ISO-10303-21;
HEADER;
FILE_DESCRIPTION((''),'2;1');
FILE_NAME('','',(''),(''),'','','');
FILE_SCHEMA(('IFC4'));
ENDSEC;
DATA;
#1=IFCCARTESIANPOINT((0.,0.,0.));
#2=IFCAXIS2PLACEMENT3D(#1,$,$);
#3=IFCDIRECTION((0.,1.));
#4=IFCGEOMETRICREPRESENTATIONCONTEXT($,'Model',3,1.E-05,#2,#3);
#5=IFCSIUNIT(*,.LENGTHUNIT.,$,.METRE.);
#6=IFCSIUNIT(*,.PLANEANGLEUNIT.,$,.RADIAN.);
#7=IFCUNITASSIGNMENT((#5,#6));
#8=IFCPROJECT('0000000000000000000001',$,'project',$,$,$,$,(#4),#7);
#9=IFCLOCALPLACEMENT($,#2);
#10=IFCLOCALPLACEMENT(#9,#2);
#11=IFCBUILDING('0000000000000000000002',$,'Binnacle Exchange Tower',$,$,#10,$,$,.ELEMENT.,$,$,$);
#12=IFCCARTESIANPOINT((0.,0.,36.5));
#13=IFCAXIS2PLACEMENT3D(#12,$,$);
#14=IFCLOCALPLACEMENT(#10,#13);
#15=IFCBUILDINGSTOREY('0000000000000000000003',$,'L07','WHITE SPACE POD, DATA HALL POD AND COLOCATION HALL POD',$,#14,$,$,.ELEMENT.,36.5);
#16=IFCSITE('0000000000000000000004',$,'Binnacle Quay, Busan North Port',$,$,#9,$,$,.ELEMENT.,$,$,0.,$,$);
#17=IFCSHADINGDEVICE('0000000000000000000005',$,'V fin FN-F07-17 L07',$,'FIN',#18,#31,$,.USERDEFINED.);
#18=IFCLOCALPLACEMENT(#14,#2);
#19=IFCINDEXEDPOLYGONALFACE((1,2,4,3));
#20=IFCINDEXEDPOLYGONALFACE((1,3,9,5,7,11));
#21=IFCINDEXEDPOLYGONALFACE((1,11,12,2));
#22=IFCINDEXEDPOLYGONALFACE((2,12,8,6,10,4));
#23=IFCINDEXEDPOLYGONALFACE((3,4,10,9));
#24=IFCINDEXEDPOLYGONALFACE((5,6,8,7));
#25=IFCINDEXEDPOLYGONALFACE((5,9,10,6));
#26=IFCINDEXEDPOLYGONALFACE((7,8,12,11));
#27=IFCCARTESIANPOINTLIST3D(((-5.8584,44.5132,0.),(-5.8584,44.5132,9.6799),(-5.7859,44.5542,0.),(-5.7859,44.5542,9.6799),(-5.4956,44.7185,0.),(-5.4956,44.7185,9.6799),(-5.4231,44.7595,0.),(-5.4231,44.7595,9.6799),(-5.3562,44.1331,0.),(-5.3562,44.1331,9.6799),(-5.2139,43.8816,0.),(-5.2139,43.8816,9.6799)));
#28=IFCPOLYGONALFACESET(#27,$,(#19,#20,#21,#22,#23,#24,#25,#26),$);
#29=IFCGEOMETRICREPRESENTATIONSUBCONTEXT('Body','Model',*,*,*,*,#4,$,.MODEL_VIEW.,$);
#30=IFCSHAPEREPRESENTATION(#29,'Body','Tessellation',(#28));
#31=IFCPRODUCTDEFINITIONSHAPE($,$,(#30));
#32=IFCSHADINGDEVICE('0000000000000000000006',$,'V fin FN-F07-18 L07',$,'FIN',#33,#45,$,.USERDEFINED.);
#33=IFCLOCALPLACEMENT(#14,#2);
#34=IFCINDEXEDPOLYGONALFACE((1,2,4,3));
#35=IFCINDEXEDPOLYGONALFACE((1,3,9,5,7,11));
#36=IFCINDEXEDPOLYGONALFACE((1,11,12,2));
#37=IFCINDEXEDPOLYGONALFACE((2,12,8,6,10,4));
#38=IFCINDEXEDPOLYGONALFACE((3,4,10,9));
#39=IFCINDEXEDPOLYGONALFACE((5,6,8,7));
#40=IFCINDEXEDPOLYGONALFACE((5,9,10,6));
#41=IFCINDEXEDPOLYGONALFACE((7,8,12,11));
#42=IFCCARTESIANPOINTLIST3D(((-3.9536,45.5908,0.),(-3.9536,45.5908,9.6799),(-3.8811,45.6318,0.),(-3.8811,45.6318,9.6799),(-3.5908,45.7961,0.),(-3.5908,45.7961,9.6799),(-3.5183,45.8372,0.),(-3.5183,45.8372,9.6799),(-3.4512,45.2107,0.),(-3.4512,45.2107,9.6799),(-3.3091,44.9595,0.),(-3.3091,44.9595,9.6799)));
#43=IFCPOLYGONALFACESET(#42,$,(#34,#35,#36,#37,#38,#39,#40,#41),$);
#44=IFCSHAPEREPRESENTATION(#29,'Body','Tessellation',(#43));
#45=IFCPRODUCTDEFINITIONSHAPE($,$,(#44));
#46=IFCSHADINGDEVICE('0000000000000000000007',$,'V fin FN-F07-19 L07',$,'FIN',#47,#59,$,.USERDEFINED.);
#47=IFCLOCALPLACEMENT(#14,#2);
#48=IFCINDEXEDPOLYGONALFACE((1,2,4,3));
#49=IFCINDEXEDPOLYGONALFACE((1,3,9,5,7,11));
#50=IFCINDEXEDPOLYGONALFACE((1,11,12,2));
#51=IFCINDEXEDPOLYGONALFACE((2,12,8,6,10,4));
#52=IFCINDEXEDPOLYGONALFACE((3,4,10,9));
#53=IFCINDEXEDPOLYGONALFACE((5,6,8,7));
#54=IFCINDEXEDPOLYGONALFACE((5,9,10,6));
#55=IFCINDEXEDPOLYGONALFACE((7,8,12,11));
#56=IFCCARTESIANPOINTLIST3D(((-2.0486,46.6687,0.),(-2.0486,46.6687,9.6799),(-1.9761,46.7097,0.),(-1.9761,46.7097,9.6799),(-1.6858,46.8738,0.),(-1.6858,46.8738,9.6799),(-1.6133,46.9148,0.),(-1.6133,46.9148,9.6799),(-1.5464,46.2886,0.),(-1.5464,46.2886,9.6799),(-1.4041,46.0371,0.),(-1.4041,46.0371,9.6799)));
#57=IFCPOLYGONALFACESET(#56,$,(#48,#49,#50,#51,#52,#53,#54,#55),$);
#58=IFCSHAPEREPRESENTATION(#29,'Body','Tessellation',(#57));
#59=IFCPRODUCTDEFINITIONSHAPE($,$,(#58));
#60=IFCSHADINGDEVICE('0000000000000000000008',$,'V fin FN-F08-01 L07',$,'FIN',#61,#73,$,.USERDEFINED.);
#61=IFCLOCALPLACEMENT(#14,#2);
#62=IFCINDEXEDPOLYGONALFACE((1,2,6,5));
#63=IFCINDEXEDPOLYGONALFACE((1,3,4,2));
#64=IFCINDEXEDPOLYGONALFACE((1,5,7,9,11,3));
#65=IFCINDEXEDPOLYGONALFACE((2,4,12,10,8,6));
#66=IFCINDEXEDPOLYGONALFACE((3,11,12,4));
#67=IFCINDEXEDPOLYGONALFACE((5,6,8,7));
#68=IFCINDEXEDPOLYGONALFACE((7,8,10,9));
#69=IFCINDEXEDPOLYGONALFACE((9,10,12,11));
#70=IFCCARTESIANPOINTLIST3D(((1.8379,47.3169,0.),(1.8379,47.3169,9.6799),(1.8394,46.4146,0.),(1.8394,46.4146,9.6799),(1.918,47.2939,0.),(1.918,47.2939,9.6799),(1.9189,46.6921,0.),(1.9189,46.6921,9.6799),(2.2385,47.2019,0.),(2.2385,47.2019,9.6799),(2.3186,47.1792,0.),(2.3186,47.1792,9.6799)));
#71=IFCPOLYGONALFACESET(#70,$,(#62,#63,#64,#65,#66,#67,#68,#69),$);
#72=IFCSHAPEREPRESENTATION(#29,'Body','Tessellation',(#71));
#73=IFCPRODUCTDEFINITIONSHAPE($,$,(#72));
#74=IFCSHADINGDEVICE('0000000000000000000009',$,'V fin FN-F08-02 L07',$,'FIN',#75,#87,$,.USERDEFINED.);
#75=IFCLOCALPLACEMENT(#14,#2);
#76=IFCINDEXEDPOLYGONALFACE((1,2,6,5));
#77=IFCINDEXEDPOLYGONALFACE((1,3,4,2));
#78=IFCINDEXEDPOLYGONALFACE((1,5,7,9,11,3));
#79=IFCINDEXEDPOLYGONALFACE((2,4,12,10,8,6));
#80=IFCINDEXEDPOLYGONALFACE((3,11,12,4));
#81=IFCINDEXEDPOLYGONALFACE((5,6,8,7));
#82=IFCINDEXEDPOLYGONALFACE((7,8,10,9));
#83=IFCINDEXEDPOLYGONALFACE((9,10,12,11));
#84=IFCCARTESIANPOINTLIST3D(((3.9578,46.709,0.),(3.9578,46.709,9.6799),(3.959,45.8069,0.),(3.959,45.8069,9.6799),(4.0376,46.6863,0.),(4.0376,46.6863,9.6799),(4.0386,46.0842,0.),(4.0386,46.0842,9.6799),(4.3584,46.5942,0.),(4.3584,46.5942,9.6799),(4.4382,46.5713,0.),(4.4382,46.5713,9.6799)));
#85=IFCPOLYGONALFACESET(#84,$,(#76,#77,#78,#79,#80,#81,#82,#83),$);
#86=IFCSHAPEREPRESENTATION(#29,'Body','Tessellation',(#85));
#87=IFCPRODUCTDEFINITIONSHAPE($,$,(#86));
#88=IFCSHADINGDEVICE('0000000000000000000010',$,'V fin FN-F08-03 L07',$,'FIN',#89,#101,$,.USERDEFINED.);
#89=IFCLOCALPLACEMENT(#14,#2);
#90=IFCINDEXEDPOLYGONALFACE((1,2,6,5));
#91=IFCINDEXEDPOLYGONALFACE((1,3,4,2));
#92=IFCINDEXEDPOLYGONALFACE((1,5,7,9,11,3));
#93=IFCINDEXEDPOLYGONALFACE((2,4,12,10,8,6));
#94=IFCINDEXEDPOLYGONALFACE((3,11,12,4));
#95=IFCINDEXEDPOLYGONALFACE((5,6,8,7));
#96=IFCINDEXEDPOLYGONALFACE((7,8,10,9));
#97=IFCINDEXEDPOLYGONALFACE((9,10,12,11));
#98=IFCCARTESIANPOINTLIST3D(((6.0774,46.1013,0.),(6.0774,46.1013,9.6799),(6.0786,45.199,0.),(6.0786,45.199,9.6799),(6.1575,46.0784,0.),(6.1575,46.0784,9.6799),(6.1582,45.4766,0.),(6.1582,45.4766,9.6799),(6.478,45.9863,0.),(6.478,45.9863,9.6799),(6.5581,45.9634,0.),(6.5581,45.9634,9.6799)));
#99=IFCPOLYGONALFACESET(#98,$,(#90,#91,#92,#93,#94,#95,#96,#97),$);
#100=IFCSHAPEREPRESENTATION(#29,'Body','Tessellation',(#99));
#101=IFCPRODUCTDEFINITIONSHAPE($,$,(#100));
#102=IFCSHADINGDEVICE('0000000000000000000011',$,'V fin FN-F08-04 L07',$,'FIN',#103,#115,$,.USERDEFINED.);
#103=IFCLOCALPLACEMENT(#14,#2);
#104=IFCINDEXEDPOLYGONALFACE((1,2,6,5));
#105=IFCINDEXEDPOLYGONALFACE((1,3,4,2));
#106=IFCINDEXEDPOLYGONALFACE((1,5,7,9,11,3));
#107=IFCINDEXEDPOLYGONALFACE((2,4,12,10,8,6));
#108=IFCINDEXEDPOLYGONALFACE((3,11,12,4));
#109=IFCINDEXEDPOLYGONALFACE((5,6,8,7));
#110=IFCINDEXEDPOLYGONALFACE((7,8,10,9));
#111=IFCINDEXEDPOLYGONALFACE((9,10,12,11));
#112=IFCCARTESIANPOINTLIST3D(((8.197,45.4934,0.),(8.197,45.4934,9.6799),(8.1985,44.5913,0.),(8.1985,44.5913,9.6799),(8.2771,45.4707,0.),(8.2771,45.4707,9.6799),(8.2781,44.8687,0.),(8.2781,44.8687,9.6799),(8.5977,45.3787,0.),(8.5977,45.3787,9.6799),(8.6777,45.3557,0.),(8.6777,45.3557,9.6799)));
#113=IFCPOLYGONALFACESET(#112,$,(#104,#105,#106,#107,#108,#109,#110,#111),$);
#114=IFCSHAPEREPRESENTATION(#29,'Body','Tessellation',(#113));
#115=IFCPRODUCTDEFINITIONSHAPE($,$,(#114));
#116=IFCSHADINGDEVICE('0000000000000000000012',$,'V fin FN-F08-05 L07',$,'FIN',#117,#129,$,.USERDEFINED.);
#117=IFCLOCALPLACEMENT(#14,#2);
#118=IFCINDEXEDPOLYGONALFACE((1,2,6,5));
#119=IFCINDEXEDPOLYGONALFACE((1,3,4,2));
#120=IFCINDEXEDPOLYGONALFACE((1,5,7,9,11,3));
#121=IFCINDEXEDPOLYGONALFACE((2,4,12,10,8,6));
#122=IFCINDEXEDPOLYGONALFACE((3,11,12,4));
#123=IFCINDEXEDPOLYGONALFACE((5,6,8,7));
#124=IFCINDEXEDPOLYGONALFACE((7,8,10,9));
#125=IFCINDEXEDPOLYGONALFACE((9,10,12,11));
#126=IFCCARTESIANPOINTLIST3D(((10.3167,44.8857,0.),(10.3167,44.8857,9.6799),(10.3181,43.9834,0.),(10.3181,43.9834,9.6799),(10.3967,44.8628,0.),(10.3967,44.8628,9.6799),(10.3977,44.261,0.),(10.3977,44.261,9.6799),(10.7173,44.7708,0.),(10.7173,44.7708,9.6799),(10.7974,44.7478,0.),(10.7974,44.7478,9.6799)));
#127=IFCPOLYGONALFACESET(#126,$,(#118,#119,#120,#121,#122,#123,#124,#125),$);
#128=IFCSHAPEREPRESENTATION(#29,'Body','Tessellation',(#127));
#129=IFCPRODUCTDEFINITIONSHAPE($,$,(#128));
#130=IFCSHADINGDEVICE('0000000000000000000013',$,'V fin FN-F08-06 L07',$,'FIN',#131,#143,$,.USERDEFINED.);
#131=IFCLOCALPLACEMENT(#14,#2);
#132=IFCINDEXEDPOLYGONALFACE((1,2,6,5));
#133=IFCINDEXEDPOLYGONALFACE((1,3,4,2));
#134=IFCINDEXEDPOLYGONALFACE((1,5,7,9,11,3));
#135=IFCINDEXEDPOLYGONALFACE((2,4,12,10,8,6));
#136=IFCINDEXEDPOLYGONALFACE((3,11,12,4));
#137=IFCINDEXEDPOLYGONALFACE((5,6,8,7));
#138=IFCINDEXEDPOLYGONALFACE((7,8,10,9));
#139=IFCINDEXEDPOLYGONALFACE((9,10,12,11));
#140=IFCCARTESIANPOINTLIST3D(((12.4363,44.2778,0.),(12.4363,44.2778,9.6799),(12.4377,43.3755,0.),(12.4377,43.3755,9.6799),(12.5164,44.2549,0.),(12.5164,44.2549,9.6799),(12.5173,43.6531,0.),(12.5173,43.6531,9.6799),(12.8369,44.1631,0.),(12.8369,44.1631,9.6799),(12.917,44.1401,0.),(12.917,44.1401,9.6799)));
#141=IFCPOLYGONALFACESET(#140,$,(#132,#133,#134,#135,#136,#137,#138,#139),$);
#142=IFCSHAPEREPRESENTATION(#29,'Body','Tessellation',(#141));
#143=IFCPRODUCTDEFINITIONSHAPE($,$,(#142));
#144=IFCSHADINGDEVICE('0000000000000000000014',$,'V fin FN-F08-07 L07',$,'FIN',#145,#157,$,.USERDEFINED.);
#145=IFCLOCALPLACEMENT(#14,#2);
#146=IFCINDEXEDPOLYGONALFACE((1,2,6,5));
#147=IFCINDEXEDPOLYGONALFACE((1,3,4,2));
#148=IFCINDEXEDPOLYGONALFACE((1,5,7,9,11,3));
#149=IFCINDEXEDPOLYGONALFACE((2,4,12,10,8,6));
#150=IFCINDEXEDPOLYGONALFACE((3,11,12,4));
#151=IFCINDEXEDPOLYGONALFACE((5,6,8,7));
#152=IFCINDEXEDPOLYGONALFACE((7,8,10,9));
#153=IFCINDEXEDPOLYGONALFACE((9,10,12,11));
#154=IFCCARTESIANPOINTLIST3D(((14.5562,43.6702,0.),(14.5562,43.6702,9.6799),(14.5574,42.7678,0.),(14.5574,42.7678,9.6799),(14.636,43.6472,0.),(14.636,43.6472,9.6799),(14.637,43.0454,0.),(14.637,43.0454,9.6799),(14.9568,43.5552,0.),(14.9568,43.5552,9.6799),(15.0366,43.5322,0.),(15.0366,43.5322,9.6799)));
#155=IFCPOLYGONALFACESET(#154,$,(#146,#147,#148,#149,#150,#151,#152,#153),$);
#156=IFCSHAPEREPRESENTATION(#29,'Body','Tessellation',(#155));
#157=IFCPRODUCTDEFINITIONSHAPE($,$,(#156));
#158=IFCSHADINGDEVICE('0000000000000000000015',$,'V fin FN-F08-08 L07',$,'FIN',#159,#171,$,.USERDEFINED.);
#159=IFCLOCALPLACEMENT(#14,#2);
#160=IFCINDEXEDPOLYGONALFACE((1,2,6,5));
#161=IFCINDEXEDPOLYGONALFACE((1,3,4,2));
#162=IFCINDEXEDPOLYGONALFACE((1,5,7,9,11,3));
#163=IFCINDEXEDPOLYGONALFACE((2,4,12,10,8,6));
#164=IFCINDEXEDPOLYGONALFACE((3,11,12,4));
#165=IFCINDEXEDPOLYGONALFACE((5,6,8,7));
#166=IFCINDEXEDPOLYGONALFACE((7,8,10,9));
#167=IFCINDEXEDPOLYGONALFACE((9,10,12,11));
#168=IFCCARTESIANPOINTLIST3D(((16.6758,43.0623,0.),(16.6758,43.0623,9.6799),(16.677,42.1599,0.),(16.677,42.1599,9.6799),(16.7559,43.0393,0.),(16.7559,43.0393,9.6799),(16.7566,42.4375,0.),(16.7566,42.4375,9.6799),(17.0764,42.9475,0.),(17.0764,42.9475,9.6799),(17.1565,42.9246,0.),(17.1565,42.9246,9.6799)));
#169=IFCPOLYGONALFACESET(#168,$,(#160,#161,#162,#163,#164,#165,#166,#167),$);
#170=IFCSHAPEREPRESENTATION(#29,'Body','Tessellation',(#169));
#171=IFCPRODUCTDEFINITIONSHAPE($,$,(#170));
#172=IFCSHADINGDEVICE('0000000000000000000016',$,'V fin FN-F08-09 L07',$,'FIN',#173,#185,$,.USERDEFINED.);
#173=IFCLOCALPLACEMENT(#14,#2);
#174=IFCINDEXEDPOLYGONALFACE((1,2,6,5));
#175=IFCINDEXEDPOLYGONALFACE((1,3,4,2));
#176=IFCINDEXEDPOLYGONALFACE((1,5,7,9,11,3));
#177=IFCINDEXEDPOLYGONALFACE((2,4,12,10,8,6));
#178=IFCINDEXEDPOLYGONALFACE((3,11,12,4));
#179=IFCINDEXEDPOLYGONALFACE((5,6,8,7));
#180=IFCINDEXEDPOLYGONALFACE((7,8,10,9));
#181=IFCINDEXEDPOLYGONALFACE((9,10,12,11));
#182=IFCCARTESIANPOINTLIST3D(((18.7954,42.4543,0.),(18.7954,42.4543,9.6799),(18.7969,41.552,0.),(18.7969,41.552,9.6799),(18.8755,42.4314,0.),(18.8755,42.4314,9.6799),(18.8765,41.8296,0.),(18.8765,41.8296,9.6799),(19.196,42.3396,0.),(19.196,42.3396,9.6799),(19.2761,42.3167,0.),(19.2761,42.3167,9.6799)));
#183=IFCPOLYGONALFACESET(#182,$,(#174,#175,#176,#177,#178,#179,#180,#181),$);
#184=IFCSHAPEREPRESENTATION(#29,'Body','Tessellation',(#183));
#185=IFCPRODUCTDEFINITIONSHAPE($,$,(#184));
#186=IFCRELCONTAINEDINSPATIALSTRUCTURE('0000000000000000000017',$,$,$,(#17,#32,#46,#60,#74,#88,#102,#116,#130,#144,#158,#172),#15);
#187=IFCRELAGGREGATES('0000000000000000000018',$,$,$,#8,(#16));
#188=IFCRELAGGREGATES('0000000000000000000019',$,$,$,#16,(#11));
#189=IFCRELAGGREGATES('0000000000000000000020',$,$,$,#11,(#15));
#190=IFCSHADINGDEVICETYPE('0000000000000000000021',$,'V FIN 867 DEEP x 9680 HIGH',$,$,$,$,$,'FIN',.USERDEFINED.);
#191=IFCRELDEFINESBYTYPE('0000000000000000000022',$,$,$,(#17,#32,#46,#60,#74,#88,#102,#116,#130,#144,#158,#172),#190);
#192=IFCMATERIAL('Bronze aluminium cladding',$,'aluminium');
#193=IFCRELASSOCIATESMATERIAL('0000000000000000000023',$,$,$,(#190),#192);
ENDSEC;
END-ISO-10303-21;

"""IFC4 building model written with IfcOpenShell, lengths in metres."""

from ifc_helpers import new_model, si_unit, direction, frame, origin, place, context, subcontext, project, spatial, polyline, outline, extrude, material, type_object, element, save


model = new_model("IFC4")

# Units and contexts
model_context = context("Model", 3, precision=1e-05, world=origin(), true_north=direction((0.0, 1.0)))
body_context = subcontext(model_context, "Body", "Model", "MODEL_VIEW")
ifc_project = project(units=[si_unit("LENGTHUNIT", "METRE"), si_unit("PLANEANGLEUNIT", "RADIAN")], contexts=[model_context])

# Site, building, storey
site_placement = place(None, origin())
site = spatial("IfcSite", under=ifc_project, at=site_placement, Name="Binnacle Quay, Busan North Port", CompositionType="ELEMENT", RefElevation=0.0)
building_placement = place(site_placement, origin())
building = spatial("IfcBuilding", under=site, at=building_placement, Name="Binnacle Exchange Tower", CompositionType="ELEMENT")
storey_placement = place(building_placement, frame((0.0, 0.0, 36.5)))
storey = spatial("IfcBuildingStorey", under=building, at=storey_placement, Name="L07", Description="WHITE SPACE POD, DATA HALL POD AND COLOCATION HALL POD", CompositionType="ELEMENT", Elevation=36.5)

# Shading devices
ifc_material = material(Name="Bronze aluminium cladding", Category="aluminium")
shading_device_type = type_object("IfcShadingDeviceType", Name="V FIN 867 DEEP x 9680 HIGH", ElementType="FIN", PredefinedType="USERDEFINED", material=ifc_material)
shading_device_1_placement = place(storey_placement, origin())
element("IfcShadingDevice", 1, at=shading_device_1_placement, inside=storey, type_object=shading_device_type, Name="V fin FN-F07-17 L07", ObjectType="FIN", PredefinedType="USERDEFINED", context=body_context, shape_type="SweptSolid", body=[
    extrude(outline(polyline([(-5.8584, 44.5132), (-5.2139, 43.8816), (-5.4231, 44.7595), (-5.4956, 44.7185), (-5.3562, 44.1331), (-5.7859, 44.5542), (-5.8584, 44.5132)])), origin(), (0.0, 0.0, 1.0), 9.6799),
])
shading_device_2_placement = place(storey_placement, origin())
element("IfcShadingDevice", 2, at=shading_device_2_placement, inside=storey, type_object=shading_device_type, Name="V fin FN-F07-18 L07", ObjectType="FIN", PredefinedType="USERDEFINED", context=body_context, shape_type="SweptSolid", body=[
    extrude(outline(polyline([(-3.9536, 45.5908), (-3.3091, 44.9595), (-3.5183, 45.8372), (-3.5908, 45.7961), (-3.4512, 45.2107), (-3.8811, 45.6318), (-3.9536, 45.5908)])), origin(), (0.0, 0.0, 1.0), 9.6799),
])
shading_device_3_placement = place(storey_placement, origin())
element("IfcShadingDevice", 3, at=shading_device_3_placement, inside=storey, type_object=shading_device_type, Name="V fin FN-F07-19 L07", ObjectType="FIN", PredefinedType="USERDEFINED", context=body_context, shape_type="SweptSolid", body=[
    extrude(outline(polyline([(-2.0486, 46.6687), (-1.4041, 46.0371), (-1.6133, 46.9148), (-1.6858, 46.8738), (-1.5464, 46.2886), (-1.9761, 46.7097), (-2.0486, 46.6687)])), origin(), (0.0, 0.0, 1.0), 9.6799),
])
shading_device_4_placement = place(storey_placement, origin())
element("IfcShadingDevice", 4, at=shading_device_4_placement, inside=storey, type_object=shading_device_type, Name="V fin FN-F08-01 L07", ObjectType="FIN", PredefinedType="USERDEFINED", context=body_context, shape_type="SweptSolid", body=[
    extrude(outline(polyline([(1.8379, 47.3169), (1.8394, 46.4146), (2.3186, 47.1792), (2.2385, 47.2019), (1.9189, 46.6921), (1.918, 47.2939), (1.8379, 47.3169)])), origin(), (0.0, 0.0, 1.0), 9.6799),
])
shading_device_5_placement = place(storey_placement, origin())
element("IfcShadingDevice", 5, at=shading_device_5_placement, inside=storey, type_object=shading_device_type, Name="V fin FN-F08-02 L07", ObjectType="FIN", PredefinedType="USERDEFINED", context=body_context, shape_type="SweptSolid", body=[
    extrude(outline(polyline([(3.9578, 46.709), (3.959, 45.8069), (4.4382, 46.5713), (4.3584, 46.5942), (4.0386, 46.0842), (4.0376, 46.6863), (3.9578, 46.709)])), origin(), (0.0, 0.0, 1.0), 9.6799),
])
shading_device_6_placement = place(storey_placement, origin())
element("IfcShadingDevice", 6, at=shading_device_6_placement, inside=storey, type_object=shading_device_type, Name="V fin FN-F08-03 L07", ObjectType="FIN", PredefinedType="USERDEFINED", context=body_context, shape_type="SweptSolid", body=[
    extrude(outline(polyline([(6.0774, 46.1013), (6.0786, 45.199), (6.5581, 45.9634), (6.478, 45.9863), (6.1582, 45.4766), (6.1575, 46.0784), (6.0774, 46.1013)])), origin(), (0.0, 0.0, 1.0), 9.6799),
])
shading_device_7_placement = place(storey_placement, origin())
element("IfcShadingDevice", 7, at=shading_device_7_placement, inside=storey, type_object=shading_device_type, Name="V fin FN-F08-04 L07", ObjectType="FIN", PredefinedType="USERDEFINED", context=body_context, shape_type="SweptSolid", body=[
    extrude(outline(polyline([(8.197, 45.4934), (8.1985, 44.5913), (8.6777, 45.3557), (8.5977, 45.3787), (8.2781, 44.8687), (8.2771, 45.4707), (8.197, 45.4934)])), origin(), (0.0, 0.0, 1.0), 9.6799),
])
shading_device_8_placement = place(storey_placement, origin())
element("IfcShadingDevice", 8, at=shading_device_8_placement, inside=storey, type_object=shading_device_type, Name="V fin FN-F08-05 L07", ObjectType="FIN", PredefinedType="USERDEFINED", context=body_context, shape_type="SweptSolid", body=[
    extrude(outline(polyline([(10.3167, 44.8857), (10.3181, 43.9834), (10.7974, 44.7478), (10.7173, 44.7708), (10.3977, 44.261), (10.3967, 44.8628), (10.3167, 44.8857)])), origin(), (0.0, 0.0, 1.0), 9.6799),
])
shading_device_9_placement = place(storey_placement, origin())
element("IfcShadingDevice", 9, at=shading_device_9_placement, inside=storey, type_object=shading_device_type, Name="V fin FN-F08-06 L07", ObjectType="FIN", PredefinedType="USERDEFINED", context=body_context, shape_type="SweptSolid", body=[
    extrude(outline(polyline([(12.4363, 44.2778), (12.4377, 43.3755), (12.917, 44.1401), (12.8369, 44.1631), (12.5173, 43.6531), (12.5164, 44.2549), (12.4363, 44.2778)])), origin(), (0.0, 0.0, 1.0), 9.6799),
])
shading_device_10_placement = place(storey_placement, origin())
element("IfcShadingDevice", 10, at=shading_device_10_placement, inside=storey, type_object=shading_device_type, Name="V fin FN-F08-07 L07", ObjectType="FIN", PredefinedType="USERDEFINED", context=body_context, shape_type="SweptSolid", body=[
    extrude(outline(polyline([(14.5562, 43.6702), (14.5574, 42.7678), (15.0366, 43.5322), (14.9568, 43.5552), (14.637, 43.0454), (14.636, 43.6472), (14.5562, 43.6702)])), origin(), (0.0, 0.0, 1.0), 9.6799),
])
shading_device_11_placement = place(storey_placement, origin())
element("IfcShadingDevice", 11, at=shading_device_11_placement, inside=storey, type_object=shading_device_type, Name="V fin FN-F08-08 L07", ObjectType="FIN", PredefinedType="USERDEFINED", context=body_context, shape_type="SweptSolid", body=[
    extrude(outline(polyline([(16.6758, 43.0623), (16.677, 42.1599), (17.1565, 42.9246), (17.0764, 42.9475), (16.7566, 42.4375), (16.7559, 43.0393), (16.6758, 43.0623)])), origin(), (0.0, 0.0, 1.0), 9.6799),
])
shading_device_12_placement = place(storey_placement, origin())
element("IfcShadingDevice", 12, at=shading_device_12_placement, inside=storey, type_object=shading_device_type, Name="V fin FN-F08-09 L07", ObjectType="FIN", PredefinedType="USERDEFINED", context=body_context, shape_type="SweptSolid", body=[
    extrude(outline(polyline([(18.7954, 42.4543), (18.7969, 41.552), (19.2761, 42.3167), (19.196, 42.3396), (18.8765, 41.8296), (18.8755, 42.4314), (18.7954, 42.4543)])), origin(), (0.0, 0.0, 1.0), 9.6799),
])

save(model, "model.ifc")
